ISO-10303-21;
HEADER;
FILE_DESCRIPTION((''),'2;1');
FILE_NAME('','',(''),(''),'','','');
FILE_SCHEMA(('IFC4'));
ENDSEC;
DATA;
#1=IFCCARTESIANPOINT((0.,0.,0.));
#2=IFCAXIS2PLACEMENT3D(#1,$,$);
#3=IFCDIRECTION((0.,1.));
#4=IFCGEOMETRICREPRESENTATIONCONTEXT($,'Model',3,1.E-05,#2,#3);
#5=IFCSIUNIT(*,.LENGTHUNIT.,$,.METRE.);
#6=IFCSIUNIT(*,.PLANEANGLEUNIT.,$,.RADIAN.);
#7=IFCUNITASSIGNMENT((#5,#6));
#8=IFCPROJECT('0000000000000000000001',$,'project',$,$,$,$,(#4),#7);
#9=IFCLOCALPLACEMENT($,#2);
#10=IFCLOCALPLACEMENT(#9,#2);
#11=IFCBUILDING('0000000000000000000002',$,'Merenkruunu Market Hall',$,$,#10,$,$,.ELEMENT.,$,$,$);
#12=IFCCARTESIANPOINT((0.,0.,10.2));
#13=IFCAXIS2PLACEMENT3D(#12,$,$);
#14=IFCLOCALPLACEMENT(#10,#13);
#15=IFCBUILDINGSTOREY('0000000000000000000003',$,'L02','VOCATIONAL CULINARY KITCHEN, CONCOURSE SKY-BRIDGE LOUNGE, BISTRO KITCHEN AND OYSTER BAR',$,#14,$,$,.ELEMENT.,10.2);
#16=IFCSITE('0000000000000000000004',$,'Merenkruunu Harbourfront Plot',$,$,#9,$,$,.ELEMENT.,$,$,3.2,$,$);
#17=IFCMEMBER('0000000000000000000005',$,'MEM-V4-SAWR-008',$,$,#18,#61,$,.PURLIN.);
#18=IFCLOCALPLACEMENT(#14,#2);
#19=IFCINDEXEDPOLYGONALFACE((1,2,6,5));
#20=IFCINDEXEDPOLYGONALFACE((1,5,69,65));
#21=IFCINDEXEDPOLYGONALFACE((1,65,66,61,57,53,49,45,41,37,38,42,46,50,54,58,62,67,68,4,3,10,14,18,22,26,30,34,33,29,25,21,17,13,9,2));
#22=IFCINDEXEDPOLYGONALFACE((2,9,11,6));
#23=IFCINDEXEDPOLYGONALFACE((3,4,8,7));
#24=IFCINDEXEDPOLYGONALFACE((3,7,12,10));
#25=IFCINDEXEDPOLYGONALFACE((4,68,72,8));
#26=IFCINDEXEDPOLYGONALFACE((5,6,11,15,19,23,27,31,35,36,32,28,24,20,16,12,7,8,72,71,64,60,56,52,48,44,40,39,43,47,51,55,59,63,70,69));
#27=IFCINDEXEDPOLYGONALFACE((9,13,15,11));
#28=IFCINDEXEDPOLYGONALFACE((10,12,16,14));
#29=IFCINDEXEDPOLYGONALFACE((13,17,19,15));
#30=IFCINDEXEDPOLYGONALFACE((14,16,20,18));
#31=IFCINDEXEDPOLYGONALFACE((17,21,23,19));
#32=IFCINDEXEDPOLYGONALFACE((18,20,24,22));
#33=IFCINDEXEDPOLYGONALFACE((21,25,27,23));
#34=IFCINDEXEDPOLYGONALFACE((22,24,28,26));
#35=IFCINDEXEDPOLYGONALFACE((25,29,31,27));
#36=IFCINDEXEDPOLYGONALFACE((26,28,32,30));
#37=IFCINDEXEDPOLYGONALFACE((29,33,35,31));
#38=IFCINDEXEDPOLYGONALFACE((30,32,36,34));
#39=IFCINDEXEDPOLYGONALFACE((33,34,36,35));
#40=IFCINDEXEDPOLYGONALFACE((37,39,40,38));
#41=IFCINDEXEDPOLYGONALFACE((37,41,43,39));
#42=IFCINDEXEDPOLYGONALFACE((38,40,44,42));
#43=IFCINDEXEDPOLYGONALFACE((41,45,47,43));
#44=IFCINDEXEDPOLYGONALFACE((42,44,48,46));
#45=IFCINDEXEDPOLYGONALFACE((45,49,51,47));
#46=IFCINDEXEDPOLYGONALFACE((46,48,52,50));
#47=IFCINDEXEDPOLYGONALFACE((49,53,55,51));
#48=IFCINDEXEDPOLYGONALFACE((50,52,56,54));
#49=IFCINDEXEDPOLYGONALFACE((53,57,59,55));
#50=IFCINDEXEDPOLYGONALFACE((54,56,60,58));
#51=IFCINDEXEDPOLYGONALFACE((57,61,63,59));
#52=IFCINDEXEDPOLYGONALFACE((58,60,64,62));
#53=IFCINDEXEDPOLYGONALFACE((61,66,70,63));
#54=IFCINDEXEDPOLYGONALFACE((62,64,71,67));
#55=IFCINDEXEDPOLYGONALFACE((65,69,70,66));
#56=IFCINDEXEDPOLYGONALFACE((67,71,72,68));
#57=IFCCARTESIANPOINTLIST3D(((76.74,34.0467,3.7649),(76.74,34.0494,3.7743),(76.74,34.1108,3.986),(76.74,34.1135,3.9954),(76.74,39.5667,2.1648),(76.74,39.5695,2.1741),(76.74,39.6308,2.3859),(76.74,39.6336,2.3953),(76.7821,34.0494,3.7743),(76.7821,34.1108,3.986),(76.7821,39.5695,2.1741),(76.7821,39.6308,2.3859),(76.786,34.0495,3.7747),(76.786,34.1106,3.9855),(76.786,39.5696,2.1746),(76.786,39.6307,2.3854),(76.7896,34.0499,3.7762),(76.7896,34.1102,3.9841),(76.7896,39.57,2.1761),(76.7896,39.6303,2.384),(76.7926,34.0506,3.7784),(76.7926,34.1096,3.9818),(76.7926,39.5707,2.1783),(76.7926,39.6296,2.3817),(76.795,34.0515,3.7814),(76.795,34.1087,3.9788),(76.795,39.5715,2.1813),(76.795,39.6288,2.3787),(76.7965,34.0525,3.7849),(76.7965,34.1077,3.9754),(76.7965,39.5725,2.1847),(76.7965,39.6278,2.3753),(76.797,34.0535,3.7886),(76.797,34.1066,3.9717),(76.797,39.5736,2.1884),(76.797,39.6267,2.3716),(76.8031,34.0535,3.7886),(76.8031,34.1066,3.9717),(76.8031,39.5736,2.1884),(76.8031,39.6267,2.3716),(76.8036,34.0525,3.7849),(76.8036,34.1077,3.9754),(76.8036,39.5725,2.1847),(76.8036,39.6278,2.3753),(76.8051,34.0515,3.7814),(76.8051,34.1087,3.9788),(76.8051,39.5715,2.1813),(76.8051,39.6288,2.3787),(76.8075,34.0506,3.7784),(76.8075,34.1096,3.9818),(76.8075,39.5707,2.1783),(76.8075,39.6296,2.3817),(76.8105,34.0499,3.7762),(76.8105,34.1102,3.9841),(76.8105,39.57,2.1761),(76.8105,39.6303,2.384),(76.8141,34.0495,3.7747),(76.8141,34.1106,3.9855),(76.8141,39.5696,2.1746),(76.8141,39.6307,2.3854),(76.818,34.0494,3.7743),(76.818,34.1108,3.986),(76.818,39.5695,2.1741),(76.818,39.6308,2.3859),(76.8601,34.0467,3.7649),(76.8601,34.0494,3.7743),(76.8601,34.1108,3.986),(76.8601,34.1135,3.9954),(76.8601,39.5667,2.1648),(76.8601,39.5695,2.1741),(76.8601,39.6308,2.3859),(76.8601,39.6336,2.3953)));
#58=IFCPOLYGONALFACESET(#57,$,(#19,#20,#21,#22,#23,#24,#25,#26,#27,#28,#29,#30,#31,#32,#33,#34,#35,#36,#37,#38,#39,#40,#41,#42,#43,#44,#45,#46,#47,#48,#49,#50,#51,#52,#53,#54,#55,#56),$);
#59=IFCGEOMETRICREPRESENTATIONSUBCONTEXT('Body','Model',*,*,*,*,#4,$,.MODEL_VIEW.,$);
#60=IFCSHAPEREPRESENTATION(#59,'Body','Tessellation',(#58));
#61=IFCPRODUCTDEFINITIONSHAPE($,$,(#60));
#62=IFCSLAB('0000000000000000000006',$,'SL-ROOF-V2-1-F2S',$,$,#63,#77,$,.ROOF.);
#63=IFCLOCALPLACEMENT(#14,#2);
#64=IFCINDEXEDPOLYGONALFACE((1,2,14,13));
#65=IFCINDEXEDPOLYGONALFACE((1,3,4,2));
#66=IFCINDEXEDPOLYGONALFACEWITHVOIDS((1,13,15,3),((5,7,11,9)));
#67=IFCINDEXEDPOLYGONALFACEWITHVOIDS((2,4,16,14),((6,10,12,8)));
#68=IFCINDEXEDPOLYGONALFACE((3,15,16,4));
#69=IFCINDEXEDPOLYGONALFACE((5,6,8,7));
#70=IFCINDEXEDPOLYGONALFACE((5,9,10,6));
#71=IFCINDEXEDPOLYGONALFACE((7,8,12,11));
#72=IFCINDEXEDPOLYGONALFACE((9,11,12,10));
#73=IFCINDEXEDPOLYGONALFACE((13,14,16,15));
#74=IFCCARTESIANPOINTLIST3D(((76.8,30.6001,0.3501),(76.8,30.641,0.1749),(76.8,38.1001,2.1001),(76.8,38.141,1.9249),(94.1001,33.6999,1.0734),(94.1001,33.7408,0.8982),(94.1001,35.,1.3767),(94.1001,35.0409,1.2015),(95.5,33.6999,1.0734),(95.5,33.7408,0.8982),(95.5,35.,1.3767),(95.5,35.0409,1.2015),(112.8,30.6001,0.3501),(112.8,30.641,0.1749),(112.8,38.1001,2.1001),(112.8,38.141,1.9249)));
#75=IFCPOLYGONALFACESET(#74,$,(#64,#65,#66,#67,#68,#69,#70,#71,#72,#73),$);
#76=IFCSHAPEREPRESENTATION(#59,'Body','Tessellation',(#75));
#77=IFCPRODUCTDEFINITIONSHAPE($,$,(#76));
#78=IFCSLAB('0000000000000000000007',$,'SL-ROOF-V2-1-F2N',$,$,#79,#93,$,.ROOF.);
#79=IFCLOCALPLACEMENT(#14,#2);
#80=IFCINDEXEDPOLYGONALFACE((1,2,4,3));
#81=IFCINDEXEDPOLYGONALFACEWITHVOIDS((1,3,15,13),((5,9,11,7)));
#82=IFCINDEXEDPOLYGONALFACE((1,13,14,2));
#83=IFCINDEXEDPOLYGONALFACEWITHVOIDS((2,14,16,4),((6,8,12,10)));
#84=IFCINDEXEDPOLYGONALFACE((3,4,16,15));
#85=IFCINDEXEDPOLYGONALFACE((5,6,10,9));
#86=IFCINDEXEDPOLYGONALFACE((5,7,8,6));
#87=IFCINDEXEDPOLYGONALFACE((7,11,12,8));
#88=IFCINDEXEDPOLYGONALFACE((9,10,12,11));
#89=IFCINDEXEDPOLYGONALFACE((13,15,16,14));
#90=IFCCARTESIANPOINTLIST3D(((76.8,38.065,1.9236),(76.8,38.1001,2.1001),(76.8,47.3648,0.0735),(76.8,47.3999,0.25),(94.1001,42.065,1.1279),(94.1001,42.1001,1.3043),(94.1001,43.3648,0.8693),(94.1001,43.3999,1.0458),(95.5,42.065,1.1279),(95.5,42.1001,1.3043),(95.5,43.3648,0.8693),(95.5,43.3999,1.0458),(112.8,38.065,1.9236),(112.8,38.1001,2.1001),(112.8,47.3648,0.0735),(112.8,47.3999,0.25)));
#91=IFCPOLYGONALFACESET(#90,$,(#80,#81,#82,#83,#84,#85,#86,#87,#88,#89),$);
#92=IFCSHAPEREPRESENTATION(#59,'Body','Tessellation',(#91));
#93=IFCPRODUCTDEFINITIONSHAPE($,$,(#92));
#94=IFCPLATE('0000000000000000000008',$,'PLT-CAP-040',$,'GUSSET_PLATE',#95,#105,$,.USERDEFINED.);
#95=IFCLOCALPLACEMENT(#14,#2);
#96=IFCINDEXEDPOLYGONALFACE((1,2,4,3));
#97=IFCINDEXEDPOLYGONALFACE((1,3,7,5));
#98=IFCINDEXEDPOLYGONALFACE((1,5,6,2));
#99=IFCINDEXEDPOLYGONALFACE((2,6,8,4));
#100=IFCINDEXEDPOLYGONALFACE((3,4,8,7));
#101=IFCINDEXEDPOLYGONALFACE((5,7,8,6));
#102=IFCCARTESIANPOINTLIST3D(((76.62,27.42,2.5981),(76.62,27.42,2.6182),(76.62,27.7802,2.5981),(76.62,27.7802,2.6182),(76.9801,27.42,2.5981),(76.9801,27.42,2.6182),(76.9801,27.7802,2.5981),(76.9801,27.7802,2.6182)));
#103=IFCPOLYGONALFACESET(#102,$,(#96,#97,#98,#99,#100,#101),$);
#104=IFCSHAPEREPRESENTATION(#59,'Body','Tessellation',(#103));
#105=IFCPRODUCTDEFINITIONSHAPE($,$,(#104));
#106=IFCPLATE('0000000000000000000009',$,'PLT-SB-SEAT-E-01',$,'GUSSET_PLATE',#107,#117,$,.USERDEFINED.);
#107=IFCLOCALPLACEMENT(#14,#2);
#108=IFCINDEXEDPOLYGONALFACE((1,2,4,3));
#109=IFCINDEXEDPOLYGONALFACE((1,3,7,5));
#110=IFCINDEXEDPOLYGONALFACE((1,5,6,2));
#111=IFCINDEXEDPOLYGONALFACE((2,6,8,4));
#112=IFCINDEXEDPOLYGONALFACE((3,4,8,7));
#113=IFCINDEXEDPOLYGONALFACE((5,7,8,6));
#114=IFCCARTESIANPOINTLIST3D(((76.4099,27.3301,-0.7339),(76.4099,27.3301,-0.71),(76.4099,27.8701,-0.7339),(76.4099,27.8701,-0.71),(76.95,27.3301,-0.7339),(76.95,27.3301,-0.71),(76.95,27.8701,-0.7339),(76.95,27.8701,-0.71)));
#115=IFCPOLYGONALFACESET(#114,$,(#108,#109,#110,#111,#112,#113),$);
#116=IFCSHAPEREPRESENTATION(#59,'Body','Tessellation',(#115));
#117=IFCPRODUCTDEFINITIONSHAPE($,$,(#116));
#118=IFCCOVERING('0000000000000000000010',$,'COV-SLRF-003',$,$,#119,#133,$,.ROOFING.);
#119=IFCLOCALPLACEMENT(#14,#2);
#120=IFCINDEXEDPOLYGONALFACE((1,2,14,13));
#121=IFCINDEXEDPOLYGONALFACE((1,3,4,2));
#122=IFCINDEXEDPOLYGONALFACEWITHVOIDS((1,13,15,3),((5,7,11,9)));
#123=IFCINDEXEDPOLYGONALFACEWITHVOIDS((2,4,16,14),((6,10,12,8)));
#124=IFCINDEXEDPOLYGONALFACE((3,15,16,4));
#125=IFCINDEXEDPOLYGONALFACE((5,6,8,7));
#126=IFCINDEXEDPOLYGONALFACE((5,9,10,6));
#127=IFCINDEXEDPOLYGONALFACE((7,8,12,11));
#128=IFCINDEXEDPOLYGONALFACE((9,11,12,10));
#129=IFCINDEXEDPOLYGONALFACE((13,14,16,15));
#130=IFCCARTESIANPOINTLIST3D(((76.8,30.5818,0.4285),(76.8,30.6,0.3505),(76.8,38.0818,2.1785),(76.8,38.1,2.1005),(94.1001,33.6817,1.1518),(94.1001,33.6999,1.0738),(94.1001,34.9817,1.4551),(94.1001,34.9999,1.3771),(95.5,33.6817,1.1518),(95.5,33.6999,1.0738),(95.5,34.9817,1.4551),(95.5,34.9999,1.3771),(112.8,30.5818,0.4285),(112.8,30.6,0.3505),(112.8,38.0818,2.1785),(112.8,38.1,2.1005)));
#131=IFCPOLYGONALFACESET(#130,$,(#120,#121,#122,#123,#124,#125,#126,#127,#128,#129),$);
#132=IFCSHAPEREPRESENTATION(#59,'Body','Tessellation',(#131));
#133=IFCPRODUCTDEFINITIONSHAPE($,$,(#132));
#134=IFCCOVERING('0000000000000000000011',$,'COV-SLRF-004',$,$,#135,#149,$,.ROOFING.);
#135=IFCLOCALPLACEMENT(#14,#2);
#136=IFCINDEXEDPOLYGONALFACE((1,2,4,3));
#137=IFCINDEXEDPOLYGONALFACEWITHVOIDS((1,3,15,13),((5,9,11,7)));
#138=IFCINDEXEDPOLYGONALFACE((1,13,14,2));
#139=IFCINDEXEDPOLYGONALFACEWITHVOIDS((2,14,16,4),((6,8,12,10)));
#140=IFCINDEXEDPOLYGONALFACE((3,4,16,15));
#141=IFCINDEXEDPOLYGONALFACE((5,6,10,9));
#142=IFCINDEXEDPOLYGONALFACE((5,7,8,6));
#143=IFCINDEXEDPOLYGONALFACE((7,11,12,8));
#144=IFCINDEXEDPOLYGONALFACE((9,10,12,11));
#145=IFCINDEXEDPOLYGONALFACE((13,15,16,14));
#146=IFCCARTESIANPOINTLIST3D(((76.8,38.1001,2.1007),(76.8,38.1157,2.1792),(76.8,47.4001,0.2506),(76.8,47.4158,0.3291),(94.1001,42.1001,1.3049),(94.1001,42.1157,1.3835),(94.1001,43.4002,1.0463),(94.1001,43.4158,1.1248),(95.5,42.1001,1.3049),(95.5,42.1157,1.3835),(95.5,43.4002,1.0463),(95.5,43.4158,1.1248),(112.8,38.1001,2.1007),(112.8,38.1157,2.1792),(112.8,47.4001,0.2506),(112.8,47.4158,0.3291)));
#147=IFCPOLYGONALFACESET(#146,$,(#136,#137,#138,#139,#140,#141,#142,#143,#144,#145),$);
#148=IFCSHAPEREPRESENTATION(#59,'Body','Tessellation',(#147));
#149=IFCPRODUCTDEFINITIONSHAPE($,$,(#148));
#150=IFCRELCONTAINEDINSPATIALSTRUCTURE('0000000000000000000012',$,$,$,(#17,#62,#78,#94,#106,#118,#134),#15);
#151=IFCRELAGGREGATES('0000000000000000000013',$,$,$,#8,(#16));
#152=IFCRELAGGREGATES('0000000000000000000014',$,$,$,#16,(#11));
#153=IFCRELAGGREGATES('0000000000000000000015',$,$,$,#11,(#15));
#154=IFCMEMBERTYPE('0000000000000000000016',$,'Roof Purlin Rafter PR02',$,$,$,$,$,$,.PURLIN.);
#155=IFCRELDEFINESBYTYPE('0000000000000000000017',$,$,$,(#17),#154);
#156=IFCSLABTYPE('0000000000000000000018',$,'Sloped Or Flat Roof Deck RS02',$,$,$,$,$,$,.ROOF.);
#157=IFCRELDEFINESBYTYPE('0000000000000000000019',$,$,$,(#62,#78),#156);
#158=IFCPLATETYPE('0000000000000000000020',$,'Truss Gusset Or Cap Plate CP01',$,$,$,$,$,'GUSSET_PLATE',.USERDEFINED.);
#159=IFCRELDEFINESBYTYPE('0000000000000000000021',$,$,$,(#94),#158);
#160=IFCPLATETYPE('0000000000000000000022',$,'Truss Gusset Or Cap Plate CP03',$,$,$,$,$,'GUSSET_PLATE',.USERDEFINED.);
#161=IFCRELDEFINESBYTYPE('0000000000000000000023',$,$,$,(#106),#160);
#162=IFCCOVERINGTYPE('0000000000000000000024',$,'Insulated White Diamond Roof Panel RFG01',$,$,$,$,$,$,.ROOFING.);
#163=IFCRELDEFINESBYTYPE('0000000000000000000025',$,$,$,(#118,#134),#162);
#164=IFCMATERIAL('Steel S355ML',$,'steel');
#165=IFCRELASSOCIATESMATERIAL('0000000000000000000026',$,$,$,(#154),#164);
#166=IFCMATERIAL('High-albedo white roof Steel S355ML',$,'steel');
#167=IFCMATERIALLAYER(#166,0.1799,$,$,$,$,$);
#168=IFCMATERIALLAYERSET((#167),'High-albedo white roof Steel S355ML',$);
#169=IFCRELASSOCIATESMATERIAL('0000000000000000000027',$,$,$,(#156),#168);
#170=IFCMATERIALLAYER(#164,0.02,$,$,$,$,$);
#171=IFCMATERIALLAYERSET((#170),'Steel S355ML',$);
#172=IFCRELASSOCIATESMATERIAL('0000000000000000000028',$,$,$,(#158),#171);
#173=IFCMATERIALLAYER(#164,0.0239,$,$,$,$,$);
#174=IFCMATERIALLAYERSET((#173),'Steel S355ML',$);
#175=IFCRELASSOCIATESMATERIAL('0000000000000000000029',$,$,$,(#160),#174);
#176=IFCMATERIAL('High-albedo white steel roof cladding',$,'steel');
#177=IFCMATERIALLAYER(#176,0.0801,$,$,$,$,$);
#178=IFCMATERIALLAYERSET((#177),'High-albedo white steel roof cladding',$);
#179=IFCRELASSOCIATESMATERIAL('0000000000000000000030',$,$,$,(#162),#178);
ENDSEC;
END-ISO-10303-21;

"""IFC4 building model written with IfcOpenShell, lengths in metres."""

from ifc_helpers import new_model, si_unit, direction, frame, origin, origin_2d, place, context, subcontext, project, spatial, polyline, rectangle, i_section, outline, extrude, material, layer, layer_set, material_profile, profile_set, type_object, element, save


model = new_model("IFC4")

# Units and contexts
model_context = context("Model", 3, precision=1e-05, world=origin(), true_north=direction((0.0, 1.0)))
body_context = subcontext(model_context, "Body", "Model", "MODEL_VIEW")
ifc_project = project(units=[si_unit("LENGTHUNIT", "METRE"), si_unit("PLANEANGLEUNIT", "RADIAN")], contexts=[model_context])

# Site, building, storey
site_placement = place(None, origin())
site = spatial("IfcSite", under=ifc_project, at=site_placement, Name="Merenkruunu Harbourfront Plot", CompositionType="ELEMENT", RefElevation=3.2)
building_placement = place(site_placement, origin())
building = spatial("IfcBuilding", under=site, at=building_placement, Name="Merenkruunu Market Hall", CompositionType="ELEMENT")
storey_placement = place(building_placement, frame((0.0, 0.0, 10.2)))
storey = spatial("IfcBuildingStorey", under=building, at=storey_placement, Name="L02", Description="VOCATIONAL CULINARY KITCHEN, CONCOURSE SKY-BRIDGE LOUNGE, BISTRO KITCHEN AND OYSTER BAR", CompositionType="ELEMENT", Elevation=10.2)

# Shared definitions
ifc_material_1 = material(Name="Steel S355ML", Category="steel")

# Member
ifc_material_profile_1 = material_profile(ifc_material_1, i_section(OverallWidth=0.1201, OverallDepth=0.24, WebThickness=0.0061, FlangeThickness=0.0098, FilletRadius=0.0149, at=origin_2d()), Name="IPE 240")
ifc_profile_set_1 = profile_set([ifc_material_profile_1], Name="Steel S355ML")
member_type = type_object("IfcMemberType", Name="Roof Purlin Rafter PR02", PredefinedType="PURLIN", material=ifc_profile_set_1)
member_1_placement = place(storey_placement, frame((76.8, 34.0801, 3.8801), z_axis=(0.0, 0.960462, -0.278411), x_axis=(-1.0, 0.0, 0.0)))
element("IfcMember", 1, at=member_1_placement, inside=storey, type_object=member_type, Name="MEM-V4-SAWR-008", PredefinedType="PURLIN", context=body_context, shape_type="SweptSolid", body=[
    extrude(i_section(OverallWidth=0.1201, OverallDepth=0.24, WebThickness=0.0061, FlangeThickness=0.0098, FilletRadius=0.0149, at=origin_2d()), origin(), (0.0, 0.0, 1.0), 5.7473),
])

# Slabs
ifc_material_2 = material(Name="High-albedo white roof Steel S355ML", Category="steel")
ifc_layer_1 = layer(ifc_material_2, 0.1799)
ifc_layer_set_1 = layer_set([ifc_layer_1], Name="High-albedo white roof Steel S355ML")
slab_type = type_object("IfcSlabType", Name="Sloped Or Flat Roof Deck RS02", PredefinedType="ROOF", material=ifc_layer_set_1)
slab_1_placement = place(storey_placement, frame((76.8, 30.6001, 0.3501), z_axis=(0.0, -0.22723, 0.973841), x_axis=(1.0, 0.0, 0.0)))
element("IfcSlab", 2, at=slab_1_placement, inside=storey, type_object=slab_type, Name="SL-ROOF-V2-1-F2S", PredefinedType="ROOF", context=body_context, shape_type="SweptSolid", body=[
    extrude(outline(polyline([(0.0, 0.0), (36.0, 0.0), (36.0, 7.7015), (0.0, 7.7015), (0.0, 0.0)]), holes=[polyline([(17.3, 3.1831), (18.7, 3.1831), (18.7, 4.5181), (17.3, 4.5181), (17.3, 3.1831)])]), origin(), (0.0, 0.0, -1.0), 0.1799),
])
slab_2_placement = place(storey_placement, frame((76.8, 38.1001, 2.1001), z_axis=(0.0, 0.195116, 0.98078), x_axis=(1.0, 0.0, 0.0)))
element("IfcSlab", 3, at=slab_2_placement, inside=storey, type_object=slab_type, Name="SL-ROOF-V2-1-F2N", PredefinedType="ROOF", context=body_context, shape_type="SweptSolid", body=[
    extrude(outline(polyline([(0.0, 0.0), (36.0, 0.0), (36.0, 9.482), (0.0, 9.482), (0.0, 0.0)]), holes=[polyline([(17.3, 4.0784), (18.7, 4.0784), (18.7, 5.4037), (17.3, 5.4037), (17.3, 4.0784)])]), origin(), (0.0, 0.0, -1.0), 0.1799),
])

# Plates
ifc_layer_2 = layer(ifc_material_1, 0.02)
ifc_layer_set_2 = layer_set([ifc_layer_2], Name="Steel S355ML")
plate_type_1 = type_object("IfcPlateType", Name="Truss Gusset Or Cap Plate CP01", ElementType="GUSSET_PLATE", PredefinedType="USERDEFINED", material=ifc_layer_set_2)
plate_1_placement = place(storey_placement, frame((76.8, 27.6001, 2.5981), z_axis=(0.0, 0.0, 1.0), x_axis=(1.0, 0.0, 0.0)))
element("IfcPlate", 4, at=plate_1_placement, inside=storey, type_object=plate_type_1, Name="PLT-CAP-040", ObjectType="GUSSET_PLATE", PredefinedType="USERDEFINED", context=body_context, shape_type="SweptSolid", body=[
    extrude(rectangle(XDim=0.3601, YDim=0.3601, at=origin_2d()), origin(), (0.0, 0.0, 1.0), 0.02),
])
ifc_layer_3 = layer(ifc_material_1, 0.0239)
ifc_layer_set_3 = layer_set([ifc_layer_3], Name="Steel S355ML")
plate_type_2 = type_object("IfcPlateType", Name="Truss Gusset Or Cap Plate CP03", ElementType="GUSSET_PLATE", PredefinedType="USERDEFINED", material=ifc_layer_set_3)
plate_2_placement = place(storey_placement, frame((76.6799, 27.6001, -0.7339), z_axis=(0.0, 0.0, 1.0), x_axis=(1.0, 0.0, 0.0)))
element("IfcPlate", 5, at=plate_2_placement, inside=storey, type_object=plate_type_2, Name="PLT-SB-SEAT-E-01", ObjectType="GUSSET_PLATE", PredefinedType="USERDEFINED", context=body_context, shape_type="SweptSolid", body=[
    extrude(rectangle(XDim=0.54, YDim=0.54, at=origin_2d()), origin(), (0.0, 0.0, 1.0), 0.0239),
])

# Coverings
ifc_material_3 = material(Name="High-albedo white steel roof cladding", Category="steel")
ifc_layer_4 = layer(ifc_material_3, 0.0801)
ifc_layer_set_4 = layer_set([ifc_layer_4], Name="High-albedo white steel roof cladding")
covering_type = type_object("IfcCoveringType", Name="Insulated White Diamond Roof Panel RFG01", PredefinedType="ROOFING", material=ifc_layer_set_4)
covering_1_placement = place(storey_placement, frame((76.8, 30.5818, 0.4285), z_axis=(0.0, -0.22723, 0.973841), x_axis=(1.0, 0.0, 0.0)))
element("IfcCovering", 6, at=covering_1_placement, inside=storey, type_object=covering_type, Name="COV-SLRF-003", PredefinedType="ROOFING", context=body_context, shape_type="SweptSolid", body=[
    extrude(outline(polyline([(0.0, 0.0), (36.0, 0.0), (36.0, 7.7015), (0.0, 7.7015), (0.0, 0.0)]), holes=[polyline([(17.3, 3.1831), (18.7, 3.1831), (18.7, 4.5181), (17.3, 4.5181), (17.3, 3.1831)])]), origin(), (0.0, 0.0, -1.0), 0.0801),
])
covering_2_placement = place(storey_placement, frame((76.8, 38.1157, 2.1792), z_axis=(0.0, 0.195111, 0.980781), x_axis=(1.0, 0.0, 0.0)))
element("IfcCovering", 7, at=covering_2_placement, inside=storey, type_object=covering_type, Name="COV-SLRF-004", PredefinedType="ROOFING", context=body_context, shape_type="SweptSolid", body=[
    extrude(outline(polyline([(0.0, 0.0), (36.0, 0.0), (36.0, 9.4823), (0.0, 9.4823), (0.0, 0.0)]), holes=[polyline([(17.3, 4.0784), (18.7, 4.0784), (18.7, 5.4039), (17.3, 5.4039), (17.3, 4.0784)])]), origin(), (0.0, 0.0, -1.0), 0.0801),
])

save(model, "model.ifc")
